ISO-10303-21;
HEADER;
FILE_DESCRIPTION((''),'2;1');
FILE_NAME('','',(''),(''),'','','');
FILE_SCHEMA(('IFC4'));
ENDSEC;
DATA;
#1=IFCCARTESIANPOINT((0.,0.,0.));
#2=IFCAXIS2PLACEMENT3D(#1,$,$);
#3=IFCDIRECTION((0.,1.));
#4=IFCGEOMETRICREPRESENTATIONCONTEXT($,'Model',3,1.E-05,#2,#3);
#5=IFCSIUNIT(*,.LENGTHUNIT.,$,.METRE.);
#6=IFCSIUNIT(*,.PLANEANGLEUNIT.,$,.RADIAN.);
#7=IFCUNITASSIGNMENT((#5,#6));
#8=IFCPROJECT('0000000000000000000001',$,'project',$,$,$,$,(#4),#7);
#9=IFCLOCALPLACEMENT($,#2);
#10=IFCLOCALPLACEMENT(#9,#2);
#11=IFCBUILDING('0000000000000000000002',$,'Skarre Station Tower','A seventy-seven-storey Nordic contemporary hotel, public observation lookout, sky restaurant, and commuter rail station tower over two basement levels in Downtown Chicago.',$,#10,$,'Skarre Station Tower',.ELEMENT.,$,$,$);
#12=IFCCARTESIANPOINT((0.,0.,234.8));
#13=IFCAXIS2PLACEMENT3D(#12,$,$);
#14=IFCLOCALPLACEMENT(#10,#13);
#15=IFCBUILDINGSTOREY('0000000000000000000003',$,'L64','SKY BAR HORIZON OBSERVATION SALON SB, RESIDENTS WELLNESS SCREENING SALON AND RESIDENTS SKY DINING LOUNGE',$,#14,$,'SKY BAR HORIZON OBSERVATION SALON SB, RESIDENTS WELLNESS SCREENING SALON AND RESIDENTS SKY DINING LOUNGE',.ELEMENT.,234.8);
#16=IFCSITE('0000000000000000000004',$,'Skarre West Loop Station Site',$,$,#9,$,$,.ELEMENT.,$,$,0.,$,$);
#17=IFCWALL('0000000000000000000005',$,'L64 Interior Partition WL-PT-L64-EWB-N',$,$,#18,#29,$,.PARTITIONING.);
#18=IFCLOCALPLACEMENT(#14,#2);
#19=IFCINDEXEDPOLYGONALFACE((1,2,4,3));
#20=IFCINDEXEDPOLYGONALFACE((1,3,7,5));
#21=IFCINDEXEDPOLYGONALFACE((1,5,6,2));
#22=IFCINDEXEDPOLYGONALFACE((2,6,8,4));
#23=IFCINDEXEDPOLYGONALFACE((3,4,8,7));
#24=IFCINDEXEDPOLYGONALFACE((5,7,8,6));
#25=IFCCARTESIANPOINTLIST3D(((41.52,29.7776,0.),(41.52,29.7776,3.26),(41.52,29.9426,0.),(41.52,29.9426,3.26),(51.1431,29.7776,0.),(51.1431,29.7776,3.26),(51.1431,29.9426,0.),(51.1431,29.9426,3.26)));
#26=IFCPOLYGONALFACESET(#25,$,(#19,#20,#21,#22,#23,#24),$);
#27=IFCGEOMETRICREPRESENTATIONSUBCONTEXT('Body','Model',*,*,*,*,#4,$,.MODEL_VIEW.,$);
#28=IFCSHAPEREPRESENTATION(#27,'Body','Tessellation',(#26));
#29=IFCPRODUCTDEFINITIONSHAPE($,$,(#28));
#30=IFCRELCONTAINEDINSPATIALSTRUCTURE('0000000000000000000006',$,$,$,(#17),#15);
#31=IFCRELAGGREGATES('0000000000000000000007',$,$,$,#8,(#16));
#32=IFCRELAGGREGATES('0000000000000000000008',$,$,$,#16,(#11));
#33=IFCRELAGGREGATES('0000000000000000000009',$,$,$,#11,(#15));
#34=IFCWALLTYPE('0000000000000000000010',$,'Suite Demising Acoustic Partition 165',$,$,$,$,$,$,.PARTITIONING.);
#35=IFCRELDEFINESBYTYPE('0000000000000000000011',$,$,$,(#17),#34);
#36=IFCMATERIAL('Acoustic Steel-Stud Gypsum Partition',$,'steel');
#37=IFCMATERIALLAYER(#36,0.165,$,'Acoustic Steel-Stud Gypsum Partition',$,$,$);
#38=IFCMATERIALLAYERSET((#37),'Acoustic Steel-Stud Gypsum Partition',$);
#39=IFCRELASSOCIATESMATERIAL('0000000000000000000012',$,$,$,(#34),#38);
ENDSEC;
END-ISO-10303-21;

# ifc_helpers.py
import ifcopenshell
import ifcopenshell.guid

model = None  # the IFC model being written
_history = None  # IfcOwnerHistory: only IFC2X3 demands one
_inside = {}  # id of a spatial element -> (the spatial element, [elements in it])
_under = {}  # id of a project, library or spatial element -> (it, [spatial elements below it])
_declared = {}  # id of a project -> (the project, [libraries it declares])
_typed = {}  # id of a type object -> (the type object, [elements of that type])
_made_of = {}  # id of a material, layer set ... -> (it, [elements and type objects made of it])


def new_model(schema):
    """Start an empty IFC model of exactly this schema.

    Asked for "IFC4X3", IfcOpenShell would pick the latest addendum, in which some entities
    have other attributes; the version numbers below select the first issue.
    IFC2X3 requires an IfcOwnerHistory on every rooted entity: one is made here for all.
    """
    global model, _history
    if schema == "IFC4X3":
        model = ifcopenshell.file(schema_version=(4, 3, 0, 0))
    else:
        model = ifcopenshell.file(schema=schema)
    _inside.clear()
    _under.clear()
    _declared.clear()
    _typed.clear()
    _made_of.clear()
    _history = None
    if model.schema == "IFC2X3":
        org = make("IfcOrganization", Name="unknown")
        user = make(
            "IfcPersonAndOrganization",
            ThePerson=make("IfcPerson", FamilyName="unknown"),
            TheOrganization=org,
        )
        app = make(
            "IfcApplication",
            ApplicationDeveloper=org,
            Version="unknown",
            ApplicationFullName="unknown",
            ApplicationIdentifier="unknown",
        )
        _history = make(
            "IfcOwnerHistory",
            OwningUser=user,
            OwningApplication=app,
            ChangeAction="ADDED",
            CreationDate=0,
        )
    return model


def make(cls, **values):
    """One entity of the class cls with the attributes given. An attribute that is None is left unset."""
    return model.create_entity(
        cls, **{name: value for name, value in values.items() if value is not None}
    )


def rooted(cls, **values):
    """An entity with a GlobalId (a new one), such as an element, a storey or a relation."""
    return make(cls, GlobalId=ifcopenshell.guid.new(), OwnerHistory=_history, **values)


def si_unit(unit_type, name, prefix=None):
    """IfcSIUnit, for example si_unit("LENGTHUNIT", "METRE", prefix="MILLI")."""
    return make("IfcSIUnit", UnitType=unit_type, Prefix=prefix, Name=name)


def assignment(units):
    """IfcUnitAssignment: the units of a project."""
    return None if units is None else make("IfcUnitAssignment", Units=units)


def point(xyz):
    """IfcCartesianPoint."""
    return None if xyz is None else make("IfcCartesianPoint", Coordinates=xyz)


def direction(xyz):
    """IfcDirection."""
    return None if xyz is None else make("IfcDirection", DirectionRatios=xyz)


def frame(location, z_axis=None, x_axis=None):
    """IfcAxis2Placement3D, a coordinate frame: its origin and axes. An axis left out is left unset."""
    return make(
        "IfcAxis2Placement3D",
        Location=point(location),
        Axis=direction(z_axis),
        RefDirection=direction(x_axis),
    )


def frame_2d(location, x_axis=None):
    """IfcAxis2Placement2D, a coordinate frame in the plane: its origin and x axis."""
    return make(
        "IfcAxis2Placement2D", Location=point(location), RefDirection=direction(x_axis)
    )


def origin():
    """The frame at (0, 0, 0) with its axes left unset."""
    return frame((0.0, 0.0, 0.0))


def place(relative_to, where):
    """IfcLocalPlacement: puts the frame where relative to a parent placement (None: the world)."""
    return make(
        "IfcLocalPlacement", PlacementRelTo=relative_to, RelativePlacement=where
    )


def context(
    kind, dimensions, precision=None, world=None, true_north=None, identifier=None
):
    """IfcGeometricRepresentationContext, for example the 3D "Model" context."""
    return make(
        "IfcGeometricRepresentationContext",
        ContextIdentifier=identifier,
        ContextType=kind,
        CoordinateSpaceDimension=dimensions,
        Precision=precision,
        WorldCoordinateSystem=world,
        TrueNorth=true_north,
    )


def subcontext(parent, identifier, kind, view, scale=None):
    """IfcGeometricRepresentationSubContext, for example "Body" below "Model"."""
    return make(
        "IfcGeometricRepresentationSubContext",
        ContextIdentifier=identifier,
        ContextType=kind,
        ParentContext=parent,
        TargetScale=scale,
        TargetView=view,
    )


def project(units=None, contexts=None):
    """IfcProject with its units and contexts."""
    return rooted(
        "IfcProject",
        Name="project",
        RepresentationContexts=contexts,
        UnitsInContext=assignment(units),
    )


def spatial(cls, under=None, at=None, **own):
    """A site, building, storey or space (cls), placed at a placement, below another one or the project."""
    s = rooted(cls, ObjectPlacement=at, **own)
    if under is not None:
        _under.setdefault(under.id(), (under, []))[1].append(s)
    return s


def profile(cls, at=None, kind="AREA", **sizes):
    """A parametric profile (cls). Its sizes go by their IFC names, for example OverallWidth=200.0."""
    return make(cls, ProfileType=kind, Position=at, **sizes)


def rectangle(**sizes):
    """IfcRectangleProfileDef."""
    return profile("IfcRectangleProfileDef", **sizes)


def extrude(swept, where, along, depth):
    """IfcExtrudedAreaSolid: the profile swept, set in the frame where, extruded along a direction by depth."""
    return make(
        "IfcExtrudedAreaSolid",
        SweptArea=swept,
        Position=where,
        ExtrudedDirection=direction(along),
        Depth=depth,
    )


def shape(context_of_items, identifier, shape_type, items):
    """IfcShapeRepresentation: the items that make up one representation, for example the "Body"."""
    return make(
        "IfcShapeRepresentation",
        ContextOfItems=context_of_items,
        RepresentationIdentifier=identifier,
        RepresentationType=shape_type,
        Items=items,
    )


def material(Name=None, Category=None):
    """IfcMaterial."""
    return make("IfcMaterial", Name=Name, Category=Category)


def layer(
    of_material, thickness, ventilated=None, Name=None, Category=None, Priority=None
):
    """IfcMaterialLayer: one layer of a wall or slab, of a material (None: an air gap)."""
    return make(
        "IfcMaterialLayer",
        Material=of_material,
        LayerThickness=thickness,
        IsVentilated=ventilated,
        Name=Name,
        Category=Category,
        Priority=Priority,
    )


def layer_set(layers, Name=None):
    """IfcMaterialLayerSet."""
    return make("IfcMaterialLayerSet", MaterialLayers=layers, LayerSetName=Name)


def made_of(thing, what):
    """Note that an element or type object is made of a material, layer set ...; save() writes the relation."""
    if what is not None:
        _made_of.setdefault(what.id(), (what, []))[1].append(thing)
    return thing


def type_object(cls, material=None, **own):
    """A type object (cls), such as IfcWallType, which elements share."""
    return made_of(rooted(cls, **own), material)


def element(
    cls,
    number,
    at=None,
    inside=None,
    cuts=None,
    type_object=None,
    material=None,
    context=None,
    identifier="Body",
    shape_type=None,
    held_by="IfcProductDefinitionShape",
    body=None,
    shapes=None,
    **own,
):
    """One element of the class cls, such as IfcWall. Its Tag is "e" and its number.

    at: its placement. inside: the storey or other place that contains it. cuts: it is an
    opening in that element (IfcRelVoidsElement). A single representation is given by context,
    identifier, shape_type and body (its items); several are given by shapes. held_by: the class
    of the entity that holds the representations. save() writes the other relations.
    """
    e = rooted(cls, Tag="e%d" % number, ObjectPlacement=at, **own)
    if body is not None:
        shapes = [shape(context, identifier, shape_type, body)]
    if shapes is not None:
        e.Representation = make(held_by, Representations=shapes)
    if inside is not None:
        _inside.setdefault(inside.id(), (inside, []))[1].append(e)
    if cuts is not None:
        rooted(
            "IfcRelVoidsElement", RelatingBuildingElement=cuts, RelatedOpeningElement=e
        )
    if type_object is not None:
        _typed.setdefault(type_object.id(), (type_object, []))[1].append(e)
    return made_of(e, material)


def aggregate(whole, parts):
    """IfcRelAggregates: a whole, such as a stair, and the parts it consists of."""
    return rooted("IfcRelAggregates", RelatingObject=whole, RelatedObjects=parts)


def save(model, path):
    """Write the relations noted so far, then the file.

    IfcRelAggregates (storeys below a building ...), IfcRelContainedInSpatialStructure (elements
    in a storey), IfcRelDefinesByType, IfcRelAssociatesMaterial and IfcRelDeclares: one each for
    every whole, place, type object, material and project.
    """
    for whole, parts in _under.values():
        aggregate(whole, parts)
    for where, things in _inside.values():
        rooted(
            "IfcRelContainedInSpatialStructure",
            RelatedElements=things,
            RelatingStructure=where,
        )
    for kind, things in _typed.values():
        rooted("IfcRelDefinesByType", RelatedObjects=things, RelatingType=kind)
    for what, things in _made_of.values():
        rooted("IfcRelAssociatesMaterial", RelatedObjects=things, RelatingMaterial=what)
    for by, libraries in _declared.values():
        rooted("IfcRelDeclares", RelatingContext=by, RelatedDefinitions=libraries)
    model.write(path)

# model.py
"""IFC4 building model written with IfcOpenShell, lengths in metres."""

from ifc_helpers import new_model, si_unit, direction, frame, frame_2d, origin, place, context, subcontext, project, spatial, rectangle, extrude, material, layer, layer_set, type_object, element, save


model = new_model("IFC4")

# Units and contexts
model_context = context("Model", 3, precision=1e-05, world=origin(), true_north=direction((0.0, 1.0)))
body_context = subcontext(model_context, "Body", "Model", "MODEL_VIEW")
ifc_project = project(units=[si_unit("LENGTHUNIT", "METRE"), si_unit("PLANEANGLEUNIT", "RADIAN")], contexts=[model_context])

# Site, building, storey
site_placement = place(None, origin())
site = spatial("IfcSite", under=ifc_project, at=site_placement, Name="Skarre West Loop Station Site", CompositionType="ELEMENT", RefElevation=0.0)
building_placement = place(site_placement, origin())
building = spatial("IfcBuilding", under=site, at=building_placement, Name="Skarre Station Tower", Description="A seventy-seven-storey Nordic contemporary hotel, public observation lookout, sky restaurant, and commuter rail station tower over two basement levels in Downtown Chicago.", LongName="Skarre Station Tower", CompositionType="ELEMENT")
storey_placement = place(building_placement, frame((0.0, 0.0, 234.8)))
storey = spatial("IfcBuildingStorey", under=building, at=storey_placement, Name="L64", Description="SKY BAR HORIZON OBSERVATION SALON SB, RESIDENTS WELLNESS SCREENING SALON AND RESIDENTS SKY DINING LOUNGE", LongName="SKY BAR HORIZON OBSERVATION SALON SB, RESIDENTS WELLNESS SCREENING SALON AND RESIDENTS SKY DINING LOUNGE", CompositionType="ELEMENT", Elevation=234.8)

# Shared definitions
ifc_material_1 = material(Name="Acoustic Steel-Stud Gypsum Partition", Category="steel")

# Wall
ifc_layer_1 = layer(ifc_material_1, 0.165, Name="Acoustic Steel-Stud Gypsum Partition")
ifc_layer_set_1 = layer_set([ifc_layer_1], Name="Acoustic Steel-Stud Gypsum Partition")
wall_type_1 = type_object("IfcWallType", Name="Suite Demising Acoustic Partition 165", PredefinedType="PARTITIONING", material=ifc_layer_set_1)
wall_1_placement = place(storey_placement, frame((41.52, 29.8601, 0.0), z_axis=(0.0, 0.0, 1.0), x_axis=(1.0, 0.0, 0.0)))
element("IfcWall", 1, at=wall_1_placement, inside=storey, type_object=wall_type_1, Name="L64 Interior Partition WL-PT-L64-EWB-N", PredefinedType="PARTITIONING", context=body_context, shape_type="SweptSolid", body=[
    extrude(rectangle(XDim=9.623, YDim=0.165, at=frame_2d((4.8115, 0.0))), origin(), (0.0, 0.0, 1.0), 3.26),
])

save(model, "model.ifc")
